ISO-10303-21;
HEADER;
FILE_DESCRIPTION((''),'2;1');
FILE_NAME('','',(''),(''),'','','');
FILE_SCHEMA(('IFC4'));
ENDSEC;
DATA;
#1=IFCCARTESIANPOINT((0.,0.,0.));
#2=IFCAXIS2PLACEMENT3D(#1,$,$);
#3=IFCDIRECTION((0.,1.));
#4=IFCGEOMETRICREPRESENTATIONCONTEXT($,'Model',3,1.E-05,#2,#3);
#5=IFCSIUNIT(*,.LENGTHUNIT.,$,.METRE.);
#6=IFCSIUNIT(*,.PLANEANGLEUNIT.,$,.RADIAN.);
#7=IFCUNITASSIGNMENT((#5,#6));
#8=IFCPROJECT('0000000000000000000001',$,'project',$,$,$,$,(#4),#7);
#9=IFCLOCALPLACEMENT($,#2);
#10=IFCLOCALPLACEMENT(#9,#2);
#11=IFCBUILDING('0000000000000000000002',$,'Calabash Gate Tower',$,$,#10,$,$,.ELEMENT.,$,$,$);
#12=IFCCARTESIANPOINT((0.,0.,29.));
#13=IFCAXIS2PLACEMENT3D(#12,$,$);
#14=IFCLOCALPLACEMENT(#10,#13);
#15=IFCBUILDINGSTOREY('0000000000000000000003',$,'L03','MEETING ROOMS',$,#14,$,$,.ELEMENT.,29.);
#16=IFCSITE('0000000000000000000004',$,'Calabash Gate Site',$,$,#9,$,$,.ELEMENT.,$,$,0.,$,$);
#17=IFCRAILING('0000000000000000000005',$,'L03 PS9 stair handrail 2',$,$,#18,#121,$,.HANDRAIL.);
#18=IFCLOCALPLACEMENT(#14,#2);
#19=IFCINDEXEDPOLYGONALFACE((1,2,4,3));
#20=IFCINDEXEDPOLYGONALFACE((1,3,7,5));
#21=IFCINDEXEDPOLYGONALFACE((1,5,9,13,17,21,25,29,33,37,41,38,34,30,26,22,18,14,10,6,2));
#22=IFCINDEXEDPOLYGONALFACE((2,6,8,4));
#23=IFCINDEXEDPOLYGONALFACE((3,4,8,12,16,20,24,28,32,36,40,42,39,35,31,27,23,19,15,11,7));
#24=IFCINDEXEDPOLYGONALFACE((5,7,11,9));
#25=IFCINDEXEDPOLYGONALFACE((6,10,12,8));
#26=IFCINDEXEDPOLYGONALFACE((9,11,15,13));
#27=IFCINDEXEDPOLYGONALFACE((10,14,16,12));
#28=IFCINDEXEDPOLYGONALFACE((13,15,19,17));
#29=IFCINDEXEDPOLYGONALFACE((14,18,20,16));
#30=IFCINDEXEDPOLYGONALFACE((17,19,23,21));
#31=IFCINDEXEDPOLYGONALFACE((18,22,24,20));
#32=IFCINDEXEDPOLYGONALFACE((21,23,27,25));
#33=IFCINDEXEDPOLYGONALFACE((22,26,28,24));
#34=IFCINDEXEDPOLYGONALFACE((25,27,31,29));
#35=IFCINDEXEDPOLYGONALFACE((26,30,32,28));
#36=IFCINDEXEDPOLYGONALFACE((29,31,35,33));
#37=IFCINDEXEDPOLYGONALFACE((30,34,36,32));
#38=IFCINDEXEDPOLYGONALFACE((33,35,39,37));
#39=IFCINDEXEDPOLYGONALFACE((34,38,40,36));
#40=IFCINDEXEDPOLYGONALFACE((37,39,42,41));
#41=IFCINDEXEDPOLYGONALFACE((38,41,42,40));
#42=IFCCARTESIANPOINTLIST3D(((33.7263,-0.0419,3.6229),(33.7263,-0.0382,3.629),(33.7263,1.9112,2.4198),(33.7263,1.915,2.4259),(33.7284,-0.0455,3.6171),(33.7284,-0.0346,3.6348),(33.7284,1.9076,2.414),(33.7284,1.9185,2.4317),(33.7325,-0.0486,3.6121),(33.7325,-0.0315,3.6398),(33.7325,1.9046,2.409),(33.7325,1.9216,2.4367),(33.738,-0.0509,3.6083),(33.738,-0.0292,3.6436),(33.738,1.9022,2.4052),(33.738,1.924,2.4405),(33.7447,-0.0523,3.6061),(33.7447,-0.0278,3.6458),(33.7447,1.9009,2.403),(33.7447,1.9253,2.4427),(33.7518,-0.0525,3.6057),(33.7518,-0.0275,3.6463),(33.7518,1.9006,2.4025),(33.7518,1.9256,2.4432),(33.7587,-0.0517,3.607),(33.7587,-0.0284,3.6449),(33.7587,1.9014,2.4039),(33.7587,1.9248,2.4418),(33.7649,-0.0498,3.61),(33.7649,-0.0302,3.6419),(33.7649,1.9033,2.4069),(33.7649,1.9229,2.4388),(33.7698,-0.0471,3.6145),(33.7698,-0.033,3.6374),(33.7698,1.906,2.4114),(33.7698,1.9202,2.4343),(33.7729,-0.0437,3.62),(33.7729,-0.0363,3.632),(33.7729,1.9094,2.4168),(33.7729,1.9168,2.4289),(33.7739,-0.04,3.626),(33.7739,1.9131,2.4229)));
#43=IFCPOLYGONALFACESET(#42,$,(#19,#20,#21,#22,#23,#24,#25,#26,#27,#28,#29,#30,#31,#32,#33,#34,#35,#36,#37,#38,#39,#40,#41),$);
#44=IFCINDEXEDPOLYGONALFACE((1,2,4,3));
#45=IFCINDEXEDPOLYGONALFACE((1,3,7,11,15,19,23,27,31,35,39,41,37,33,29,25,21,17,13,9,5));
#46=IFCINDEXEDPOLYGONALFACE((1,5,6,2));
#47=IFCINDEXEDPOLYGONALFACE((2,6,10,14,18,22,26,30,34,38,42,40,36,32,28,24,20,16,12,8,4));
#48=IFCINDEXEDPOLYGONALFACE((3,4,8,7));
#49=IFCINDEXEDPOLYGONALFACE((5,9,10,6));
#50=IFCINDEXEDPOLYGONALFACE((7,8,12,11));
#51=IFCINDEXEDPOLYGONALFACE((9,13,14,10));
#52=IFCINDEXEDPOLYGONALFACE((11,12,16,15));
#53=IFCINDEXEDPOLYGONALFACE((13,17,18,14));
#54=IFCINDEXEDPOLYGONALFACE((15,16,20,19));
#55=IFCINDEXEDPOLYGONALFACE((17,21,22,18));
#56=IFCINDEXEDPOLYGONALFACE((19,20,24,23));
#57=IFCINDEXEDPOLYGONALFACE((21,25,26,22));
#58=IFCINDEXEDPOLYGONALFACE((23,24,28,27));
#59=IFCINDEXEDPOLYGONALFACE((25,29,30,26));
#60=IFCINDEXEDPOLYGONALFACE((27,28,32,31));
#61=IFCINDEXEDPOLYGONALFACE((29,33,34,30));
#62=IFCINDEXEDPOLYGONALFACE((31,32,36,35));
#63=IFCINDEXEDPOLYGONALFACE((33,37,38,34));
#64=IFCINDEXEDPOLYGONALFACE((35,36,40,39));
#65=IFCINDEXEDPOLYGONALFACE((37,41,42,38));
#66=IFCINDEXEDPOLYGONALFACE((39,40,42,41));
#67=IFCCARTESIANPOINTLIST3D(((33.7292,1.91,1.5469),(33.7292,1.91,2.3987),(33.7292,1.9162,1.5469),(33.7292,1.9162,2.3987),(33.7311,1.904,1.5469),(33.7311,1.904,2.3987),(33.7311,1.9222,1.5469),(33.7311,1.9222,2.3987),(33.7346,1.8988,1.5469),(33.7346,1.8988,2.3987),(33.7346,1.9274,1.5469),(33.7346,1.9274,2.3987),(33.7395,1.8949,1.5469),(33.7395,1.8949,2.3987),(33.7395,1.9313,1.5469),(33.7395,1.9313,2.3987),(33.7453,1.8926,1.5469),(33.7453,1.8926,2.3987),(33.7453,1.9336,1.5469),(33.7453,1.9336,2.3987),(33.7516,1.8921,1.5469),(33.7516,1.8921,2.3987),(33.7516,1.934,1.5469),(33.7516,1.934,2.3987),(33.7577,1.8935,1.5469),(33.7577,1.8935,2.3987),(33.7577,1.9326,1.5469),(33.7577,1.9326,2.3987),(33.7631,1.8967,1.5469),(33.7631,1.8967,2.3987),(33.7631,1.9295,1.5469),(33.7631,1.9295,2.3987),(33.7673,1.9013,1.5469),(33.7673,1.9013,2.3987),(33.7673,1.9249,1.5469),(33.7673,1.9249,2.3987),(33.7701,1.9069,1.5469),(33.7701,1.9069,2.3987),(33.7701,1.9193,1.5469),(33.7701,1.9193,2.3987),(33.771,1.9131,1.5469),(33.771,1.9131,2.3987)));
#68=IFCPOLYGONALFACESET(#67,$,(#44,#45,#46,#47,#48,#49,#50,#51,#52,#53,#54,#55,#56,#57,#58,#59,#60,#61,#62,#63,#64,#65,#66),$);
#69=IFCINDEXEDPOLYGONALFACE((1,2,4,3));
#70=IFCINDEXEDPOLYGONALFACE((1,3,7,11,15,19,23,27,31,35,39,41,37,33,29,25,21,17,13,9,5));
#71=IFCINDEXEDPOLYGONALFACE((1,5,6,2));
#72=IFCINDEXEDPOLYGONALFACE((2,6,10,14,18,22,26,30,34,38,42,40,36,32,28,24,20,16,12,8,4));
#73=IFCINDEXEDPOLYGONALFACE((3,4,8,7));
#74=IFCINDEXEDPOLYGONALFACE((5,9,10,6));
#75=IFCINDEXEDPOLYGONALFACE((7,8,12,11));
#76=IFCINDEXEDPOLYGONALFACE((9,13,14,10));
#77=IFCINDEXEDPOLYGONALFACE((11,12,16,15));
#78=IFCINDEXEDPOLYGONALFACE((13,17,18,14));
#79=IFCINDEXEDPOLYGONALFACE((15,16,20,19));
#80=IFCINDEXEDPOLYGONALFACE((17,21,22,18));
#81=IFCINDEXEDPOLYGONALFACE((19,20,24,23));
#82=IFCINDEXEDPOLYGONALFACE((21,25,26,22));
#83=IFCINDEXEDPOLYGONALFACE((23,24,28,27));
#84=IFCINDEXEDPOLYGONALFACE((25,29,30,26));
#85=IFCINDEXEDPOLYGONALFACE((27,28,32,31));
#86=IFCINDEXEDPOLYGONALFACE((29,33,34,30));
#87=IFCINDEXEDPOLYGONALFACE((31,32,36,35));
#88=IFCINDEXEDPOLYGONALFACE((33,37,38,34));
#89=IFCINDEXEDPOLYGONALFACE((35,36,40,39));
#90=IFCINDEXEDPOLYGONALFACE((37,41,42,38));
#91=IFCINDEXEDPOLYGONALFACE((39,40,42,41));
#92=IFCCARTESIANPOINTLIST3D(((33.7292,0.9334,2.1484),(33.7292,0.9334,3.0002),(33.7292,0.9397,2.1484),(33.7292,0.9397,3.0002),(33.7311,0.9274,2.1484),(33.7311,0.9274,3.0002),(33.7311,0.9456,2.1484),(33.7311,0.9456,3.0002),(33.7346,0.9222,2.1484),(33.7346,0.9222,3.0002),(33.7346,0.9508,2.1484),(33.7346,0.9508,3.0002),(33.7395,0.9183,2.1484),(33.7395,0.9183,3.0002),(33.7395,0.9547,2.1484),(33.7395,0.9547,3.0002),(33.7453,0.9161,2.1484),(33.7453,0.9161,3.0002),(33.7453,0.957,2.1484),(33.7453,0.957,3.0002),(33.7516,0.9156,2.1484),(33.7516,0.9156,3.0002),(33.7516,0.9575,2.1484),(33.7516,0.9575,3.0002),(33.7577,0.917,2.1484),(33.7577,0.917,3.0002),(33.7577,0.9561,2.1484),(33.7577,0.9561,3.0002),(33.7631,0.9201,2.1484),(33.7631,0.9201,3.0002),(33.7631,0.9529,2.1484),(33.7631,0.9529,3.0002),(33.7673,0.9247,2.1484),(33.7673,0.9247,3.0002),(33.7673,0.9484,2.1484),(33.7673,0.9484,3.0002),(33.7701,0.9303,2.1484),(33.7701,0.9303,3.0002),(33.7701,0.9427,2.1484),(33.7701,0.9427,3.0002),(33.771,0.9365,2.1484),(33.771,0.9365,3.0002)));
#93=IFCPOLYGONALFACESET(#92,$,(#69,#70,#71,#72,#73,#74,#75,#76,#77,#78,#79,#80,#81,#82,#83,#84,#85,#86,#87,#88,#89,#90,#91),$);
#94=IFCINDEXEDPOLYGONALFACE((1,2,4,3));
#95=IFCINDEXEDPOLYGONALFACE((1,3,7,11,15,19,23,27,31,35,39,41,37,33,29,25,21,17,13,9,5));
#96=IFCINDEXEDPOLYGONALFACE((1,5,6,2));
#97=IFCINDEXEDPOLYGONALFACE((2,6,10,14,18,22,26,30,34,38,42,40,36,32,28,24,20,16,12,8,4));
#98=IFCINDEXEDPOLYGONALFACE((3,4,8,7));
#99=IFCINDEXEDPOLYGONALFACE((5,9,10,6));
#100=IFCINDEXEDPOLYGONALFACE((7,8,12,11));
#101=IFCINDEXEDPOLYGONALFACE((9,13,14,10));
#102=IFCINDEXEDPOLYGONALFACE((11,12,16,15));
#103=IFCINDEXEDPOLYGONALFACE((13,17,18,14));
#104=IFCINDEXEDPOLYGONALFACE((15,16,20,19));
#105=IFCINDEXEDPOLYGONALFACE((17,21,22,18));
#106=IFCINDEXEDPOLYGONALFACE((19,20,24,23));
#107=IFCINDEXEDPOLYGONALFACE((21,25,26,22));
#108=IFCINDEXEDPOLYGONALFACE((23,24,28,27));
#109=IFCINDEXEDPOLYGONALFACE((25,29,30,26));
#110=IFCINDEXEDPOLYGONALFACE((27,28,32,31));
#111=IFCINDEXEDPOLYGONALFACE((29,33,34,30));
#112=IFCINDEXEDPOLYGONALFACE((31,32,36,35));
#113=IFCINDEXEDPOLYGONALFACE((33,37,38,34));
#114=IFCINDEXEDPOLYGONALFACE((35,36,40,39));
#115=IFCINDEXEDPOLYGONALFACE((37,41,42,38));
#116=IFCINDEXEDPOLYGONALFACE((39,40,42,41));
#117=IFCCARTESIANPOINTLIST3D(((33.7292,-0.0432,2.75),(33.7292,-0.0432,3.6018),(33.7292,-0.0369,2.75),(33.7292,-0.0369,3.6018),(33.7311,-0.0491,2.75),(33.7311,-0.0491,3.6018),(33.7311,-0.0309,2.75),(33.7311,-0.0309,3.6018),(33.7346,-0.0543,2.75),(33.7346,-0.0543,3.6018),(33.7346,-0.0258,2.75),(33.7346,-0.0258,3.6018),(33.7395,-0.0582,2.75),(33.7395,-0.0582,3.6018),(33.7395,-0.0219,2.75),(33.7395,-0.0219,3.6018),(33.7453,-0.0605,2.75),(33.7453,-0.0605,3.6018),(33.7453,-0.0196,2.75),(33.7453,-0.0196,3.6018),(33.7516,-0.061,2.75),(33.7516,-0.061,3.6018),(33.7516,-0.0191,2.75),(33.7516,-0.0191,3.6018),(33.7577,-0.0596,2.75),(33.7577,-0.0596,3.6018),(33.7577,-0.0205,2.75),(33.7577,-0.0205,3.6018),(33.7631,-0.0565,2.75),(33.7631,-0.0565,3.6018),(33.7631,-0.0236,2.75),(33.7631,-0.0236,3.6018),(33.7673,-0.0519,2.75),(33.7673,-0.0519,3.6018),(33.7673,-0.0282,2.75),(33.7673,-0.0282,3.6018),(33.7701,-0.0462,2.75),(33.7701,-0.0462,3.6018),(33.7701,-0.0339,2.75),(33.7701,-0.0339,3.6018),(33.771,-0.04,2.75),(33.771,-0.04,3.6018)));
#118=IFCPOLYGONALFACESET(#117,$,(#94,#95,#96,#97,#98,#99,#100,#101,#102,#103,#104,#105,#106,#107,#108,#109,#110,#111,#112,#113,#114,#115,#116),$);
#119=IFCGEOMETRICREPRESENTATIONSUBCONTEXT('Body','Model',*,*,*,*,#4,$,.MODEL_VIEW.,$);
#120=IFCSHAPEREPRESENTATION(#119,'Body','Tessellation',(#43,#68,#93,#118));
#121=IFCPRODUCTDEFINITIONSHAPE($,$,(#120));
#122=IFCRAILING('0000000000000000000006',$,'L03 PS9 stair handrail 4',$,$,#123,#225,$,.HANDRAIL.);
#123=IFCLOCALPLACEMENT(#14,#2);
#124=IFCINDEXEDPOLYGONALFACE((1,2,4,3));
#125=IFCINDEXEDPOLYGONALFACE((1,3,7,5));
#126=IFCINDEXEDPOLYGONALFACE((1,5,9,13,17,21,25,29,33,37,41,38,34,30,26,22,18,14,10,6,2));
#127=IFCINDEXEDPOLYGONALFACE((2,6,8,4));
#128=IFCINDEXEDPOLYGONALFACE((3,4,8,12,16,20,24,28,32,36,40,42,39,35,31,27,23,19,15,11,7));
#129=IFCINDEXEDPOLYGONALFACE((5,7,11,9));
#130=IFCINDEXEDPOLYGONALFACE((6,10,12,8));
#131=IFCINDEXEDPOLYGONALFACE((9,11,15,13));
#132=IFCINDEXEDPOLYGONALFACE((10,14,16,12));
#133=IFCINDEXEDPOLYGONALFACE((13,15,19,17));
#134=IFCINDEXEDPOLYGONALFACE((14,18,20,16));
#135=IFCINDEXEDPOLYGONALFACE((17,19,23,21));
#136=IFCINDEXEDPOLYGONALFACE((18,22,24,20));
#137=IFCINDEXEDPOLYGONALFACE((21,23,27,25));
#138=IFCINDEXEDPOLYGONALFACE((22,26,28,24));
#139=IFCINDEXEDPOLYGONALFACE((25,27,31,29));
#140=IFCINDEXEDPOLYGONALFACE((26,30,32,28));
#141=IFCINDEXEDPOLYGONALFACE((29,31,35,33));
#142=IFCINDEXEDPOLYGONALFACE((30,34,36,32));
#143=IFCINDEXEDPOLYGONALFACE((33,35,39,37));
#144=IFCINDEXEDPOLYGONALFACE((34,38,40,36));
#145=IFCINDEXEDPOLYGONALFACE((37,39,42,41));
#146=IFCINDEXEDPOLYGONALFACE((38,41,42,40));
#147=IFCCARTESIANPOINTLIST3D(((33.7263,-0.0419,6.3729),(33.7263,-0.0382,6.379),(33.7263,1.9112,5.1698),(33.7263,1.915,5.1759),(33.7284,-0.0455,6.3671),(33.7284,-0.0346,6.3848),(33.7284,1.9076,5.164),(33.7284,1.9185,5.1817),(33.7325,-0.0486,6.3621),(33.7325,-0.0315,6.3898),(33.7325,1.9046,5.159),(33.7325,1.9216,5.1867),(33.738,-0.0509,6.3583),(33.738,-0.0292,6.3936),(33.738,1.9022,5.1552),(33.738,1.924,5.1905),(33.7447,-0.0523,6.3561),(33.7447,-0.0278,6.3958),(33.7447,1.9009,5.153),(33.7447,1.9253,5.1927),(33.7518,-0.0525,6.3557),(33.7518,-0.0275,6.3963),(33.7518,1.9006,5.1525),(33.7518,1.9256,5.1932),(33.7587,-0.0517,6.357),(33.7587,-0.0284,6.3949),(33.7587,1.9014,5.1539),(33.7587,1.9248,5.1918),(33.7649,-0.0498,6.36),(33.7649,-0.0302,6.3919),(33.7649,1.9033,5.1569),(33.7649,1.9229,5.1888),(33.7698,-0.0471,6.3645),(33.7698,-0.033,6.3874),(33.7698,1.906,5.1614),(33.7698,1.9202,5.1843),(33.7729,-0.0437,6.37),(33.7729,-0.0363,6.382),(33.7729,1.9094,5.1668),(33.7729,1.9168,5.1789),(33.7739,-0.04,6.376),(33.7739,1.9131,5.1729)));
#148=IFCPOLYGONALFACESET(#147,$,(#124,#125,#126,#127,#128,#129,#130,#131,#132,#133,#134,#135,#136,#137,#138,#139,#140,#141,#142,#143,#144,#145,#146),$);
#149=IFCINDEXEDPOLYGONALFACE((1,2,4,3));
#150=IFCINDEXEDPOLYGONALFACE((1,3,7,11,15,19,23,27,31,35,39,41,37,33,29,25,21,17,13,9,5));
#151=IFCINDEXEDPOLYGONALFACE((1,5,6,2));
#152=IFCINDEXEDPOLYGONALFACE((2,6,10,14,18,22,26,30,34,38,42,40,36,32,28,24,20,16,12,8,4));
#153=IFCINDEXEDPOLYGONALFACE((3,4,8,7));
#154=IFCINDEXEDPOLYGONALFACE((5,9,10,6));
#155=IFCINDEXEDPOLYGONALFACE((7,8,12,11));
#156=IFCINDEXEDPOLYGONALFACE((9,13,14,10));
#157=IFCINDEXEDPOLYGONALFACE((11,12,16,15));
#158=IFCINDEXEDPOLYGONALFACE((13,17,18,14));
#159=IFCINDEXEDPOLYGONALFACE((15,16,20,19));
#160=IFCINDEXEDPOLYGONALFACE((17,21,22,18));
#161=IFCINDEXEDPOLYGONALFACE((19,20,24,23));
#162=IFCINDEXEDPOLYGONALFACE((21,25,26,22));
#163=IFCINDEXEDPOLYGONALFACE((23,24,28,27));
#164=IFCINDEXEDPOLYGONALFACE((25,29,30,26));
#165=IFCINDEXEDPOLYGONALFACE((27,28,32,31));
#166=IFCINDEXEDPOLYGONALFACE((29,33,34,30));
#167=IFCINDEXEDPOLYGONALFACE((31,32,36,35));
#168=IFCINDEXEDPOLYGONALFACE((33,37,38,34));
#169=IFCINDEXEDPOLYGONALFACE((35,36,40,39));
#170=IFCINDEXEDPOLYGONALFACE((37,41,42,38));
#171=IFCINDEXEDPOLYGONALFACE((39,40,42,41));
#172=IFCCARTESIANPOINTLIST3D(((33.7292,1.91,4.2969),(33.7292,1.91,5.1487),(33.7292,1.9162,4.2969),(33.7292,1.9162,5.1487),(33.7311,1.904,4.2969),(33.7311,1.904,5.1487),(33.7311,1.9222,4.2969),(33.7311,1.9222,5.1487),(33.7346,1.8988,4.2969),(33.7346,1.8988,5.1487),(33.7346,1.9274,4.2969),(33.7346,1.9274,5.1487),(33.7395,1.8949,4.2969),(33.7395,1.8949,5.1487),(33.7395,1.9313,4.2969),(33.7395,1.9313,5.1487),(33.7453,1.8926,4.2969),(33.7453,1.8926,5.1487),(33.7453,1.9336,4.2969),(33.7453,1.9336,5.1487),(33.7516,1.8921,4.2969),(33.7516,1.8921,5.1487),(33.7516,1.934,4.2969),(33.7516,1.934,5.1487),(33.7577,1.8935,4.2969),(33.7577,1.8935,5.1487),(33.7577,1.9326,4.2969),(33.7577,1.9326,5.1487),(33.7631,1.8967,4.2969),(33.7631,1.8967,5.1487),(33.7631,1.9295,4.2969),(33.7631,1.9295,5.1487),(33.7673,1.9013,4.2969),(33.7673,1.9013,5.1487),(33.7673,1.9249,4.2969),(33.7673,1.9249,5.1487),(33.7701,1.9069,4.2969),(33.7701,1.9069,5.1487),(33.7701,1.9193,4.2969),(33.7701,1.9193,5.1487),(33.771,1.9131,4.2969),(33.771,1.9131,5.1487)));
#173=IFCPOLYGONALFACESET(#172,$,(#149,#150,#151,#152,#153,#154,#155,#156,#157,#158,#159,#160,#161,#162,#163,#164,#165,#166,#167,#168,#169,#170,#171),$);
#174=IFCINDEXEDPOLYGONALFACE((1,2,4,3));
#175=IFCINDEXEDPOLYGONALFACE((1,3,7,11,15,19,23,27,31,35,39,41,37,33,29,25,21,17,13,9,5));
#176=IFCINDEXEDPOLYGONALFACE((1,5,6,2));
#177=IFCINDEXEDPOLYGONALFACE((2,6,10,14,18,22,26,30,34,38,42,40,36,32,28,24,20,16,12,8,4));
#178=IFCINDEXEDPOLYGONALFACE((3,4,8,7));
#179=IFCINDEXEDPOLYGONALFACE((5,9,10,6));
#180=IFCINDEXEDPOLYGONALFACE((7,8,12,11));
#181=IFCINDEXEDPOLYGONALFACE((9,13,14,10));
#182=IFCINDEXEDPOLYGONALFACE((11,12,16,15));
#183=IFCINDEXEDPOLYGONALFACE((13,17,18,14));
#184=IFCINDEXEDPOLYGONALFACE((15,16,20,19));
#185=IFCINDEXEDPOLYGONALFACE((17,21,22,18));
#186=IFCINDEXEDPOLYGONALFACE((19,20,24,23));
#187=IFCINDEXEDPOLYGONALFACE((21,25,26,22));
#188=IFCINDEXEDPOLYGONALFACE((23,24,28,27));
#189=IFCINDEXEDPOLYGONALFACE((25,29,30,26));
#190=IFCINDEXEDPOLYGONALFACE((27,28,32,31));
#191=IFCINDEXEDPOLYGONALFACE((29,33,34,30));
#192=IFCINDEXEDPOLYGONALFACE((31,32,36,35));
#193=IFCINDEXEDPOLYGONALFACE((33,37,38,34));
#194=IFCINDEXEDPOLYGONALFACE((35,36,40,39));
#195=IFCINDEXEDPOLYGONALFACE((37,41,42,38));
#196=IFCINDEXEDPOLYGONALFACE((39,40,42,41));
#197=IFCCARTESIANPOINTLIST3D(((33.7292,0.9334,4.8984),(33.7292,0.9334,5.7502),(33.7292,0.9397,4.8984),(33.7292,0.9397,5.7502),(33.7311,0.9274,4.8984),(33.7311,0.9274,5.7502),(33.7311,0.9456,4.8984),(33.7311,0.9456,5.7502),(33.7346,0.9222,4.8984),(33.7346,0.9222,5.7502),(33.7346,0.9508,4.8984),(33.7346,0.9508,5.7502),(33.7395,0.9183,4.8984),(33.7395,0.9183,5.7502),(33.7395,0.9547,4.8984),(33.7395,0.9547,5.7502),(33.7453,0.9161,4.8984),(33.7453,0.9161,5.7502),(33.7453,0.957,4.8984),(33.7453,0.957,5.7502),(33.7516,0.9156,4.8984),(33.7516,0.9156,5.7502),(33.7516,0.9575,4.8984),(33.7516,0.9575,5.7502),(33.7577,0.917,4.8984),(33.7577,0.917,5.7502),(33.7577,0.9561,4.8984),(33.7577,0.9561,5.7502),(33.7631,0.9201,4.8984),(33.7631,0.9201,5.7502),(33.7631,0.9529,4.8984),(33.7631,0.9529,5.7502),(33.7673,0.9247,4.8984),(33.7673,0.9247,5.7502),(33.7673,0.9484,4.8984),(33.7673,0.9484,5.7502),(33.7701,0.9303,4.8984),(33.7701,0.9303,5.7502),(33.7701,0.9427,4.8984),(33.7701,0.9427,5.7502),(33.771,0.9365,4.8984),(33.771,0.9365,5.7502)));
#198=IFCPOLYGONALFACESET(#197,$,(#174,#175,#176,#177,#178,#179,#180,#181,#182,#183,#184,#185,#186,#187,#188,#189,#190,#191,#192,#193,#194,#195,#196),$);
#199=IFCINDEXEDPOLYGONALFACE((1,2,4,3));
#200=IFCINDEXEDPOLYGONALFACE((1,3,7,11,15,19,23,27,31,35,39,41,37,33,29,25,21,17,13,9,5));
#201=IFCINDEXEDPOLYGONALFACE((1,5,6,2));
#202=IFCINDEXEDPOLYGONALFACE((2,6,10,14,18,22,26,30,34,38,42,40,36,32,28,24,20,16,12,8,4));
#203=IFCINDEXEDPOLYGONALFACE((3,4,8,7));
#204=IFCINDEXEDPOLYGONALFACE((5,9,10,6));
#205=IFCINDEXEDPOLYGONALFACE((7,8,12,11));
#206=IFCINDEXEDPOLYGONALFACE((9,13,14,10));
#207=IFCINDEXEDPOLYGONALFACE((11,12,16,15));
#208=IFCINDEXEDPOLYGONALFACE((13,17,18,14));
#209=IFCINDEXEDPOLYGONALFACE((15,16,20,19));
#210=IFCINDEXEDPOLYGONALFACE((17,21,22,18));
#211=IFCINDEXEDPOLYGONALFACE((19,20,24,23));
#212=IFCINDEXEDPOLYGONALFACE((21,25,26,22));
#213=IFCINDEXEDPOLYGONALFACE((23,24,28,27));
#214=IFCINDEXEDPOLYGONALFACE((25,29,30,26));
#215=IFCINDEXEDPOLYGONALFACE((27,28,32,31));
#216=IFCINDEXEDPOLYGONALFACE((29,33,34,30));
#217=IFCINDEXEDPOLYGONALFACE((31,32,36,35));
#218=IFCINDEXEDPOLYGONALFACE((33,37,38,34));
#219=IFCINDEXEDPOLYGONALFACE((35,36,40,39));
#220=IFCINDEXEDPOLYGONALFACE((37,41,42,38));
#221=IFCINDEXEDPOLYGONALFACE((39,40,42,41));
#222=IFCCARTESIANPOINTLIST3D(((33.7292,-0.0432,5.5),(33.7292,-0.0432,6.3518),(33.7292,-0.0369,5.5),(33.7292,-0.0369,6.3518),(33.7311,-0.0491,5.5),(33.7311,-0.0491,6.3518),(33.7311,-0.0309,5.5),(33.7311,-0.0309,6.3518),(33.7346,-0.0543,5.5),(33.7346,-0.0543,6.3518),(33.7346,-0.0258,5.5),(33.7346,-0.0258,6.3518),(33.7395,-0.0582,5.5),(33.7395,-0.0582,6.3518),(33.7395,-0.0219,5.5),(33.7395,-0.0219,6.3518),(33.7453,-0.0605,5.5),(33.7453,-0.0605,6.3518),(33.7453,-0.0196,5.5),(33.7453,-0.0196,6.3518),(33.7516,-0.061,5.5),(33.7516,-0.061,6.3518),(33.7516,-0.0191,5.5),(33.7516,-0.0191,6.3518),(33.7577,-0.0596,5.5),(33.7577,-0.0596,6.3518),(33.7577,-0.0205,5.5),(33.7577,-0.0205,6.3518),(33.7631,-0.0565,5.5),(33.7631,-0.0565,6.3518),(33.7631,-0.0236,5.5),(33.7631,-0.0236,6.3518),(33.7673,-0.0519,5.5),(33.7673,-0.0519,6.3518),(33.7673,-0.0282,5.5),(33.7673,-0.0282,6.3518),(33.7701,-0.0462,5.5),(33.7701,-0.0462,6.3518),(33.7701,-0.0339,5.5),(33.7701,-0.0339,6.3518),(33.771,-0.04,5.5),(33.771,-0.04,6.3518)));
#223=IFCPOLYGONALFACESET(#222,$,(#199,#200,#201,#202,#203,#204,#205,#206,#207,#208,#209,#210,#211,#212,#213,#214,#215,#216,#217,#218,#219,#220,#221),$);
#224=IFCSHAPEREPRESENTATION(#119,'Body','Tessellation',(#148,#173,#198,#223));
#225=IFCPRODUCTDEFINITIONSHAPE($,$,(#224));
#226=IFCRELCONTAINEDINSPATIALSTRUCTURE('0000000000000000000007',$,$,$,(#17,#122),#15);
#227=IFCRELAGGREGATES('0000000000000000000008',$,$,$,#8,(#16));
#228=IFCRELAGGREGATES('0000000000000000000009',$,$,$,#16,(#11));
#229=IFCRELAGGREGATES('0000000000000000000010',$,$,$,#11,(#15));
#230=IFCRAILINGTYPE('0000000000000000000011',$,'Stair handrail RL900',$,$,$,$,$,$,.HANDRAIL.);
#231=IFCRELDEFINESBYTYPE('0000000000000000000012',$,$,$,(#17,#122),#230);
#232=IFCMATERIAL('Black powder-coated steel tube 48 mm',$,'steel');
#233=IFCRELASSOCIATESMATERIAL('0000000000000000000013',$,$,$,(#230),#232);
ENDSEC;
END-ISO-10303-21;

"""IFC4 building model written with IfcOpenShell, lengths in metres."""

from ifc_helpers import new_model, si_unit, direction, frame, origin, origin_2d, place, context, subcontext, project, spatial, circle, extrude, material, type_object, element, save


model = new_model("IFC4")

# Units and contexts
model_context = context("Model", 3, precision=1e-05, world=origin(), true_north=direction((0.0, 1.0)))
body_context = subcontext(model_context, "Body", "Model", "MODEL_VIEW")
ifc_project = project(units=[si_unit("LENGTHUNIT", "METRE"), si_unit("PLANEANGLEUNIT", "RADIAN")], contexts=[model_context])

# Site, building, storey
site_placement = place(None, origin())
site = spatial("IfcSite", under=ifc_project, at=site_placement, Name="Calabash Gate Site", CompositionType="ELEMENT", RefElevation=0.0)
building_placement = place(site_placement, origin())
building = spatial("IfcBuilding", under=site, at=building_placement, Name="Calabash Gate Tower", CompositionType="ELEMENT")
storey_placement = place(building_placement, frame((0.0, 0.0, 29.0)))
storey = spatial("IfcBuildingStorey", under=building, at=storey_placement, Name="L03", Description="MEETING ROOMS", CompositionType="ELEMENT", Elevation=29.0)

# Railings
ifc_material_1 = material(Name="Black powder-coated steel tube 48 mm", Category="steel")
railing_type = type_object("IfcRailingType", Name="Stair handrail RL900", PredefinedType="HANDRAIL", material=ifc_material_1)
for number, where, name in (
    (1, (33.75, 1.9131, 1.5469), "L03 PS9 stair handrail 2"),
    (2, (33.75, 1.9131, 4.2969), "L03 PS9 stair handrail 4"),
):
    element("IfcRailing", number, at=place(storey_placement, frame(where)), inside=storey, type_object=railing_type, Name=name, PredefinedType="HANDRAIL", context=body_context, shape_type="SweptSolid", body=[
        extrude(circle(Radius=0.0239, at=origin_2d()), frame((0.0, 0.0, 0.876), z_axis=(0.0, -0.851424, 0.524477), x_axis=(1.0, 0.0, 0.0)), (0.0, 0.0, 1.0), 2.2939),
        extrude(circle(Radius=0.021, at=origin_2d()), origin(), (0.0, 0.0, 1.0), 0.8518),
        extrude(circle(Radius=0.021, at=origin_2d()), frame((0.0, -0.9766, 0.6016)), (0.0, 0.0, 1.0), 0.8518),
        extrude(circle(Radius=0.021, at=origin_2d()), frame((0.0, -1.9531, 1.2031)), (0.0, 0.0, 1.0), 0.8518),
    ])

save(model, "model.ifc")
